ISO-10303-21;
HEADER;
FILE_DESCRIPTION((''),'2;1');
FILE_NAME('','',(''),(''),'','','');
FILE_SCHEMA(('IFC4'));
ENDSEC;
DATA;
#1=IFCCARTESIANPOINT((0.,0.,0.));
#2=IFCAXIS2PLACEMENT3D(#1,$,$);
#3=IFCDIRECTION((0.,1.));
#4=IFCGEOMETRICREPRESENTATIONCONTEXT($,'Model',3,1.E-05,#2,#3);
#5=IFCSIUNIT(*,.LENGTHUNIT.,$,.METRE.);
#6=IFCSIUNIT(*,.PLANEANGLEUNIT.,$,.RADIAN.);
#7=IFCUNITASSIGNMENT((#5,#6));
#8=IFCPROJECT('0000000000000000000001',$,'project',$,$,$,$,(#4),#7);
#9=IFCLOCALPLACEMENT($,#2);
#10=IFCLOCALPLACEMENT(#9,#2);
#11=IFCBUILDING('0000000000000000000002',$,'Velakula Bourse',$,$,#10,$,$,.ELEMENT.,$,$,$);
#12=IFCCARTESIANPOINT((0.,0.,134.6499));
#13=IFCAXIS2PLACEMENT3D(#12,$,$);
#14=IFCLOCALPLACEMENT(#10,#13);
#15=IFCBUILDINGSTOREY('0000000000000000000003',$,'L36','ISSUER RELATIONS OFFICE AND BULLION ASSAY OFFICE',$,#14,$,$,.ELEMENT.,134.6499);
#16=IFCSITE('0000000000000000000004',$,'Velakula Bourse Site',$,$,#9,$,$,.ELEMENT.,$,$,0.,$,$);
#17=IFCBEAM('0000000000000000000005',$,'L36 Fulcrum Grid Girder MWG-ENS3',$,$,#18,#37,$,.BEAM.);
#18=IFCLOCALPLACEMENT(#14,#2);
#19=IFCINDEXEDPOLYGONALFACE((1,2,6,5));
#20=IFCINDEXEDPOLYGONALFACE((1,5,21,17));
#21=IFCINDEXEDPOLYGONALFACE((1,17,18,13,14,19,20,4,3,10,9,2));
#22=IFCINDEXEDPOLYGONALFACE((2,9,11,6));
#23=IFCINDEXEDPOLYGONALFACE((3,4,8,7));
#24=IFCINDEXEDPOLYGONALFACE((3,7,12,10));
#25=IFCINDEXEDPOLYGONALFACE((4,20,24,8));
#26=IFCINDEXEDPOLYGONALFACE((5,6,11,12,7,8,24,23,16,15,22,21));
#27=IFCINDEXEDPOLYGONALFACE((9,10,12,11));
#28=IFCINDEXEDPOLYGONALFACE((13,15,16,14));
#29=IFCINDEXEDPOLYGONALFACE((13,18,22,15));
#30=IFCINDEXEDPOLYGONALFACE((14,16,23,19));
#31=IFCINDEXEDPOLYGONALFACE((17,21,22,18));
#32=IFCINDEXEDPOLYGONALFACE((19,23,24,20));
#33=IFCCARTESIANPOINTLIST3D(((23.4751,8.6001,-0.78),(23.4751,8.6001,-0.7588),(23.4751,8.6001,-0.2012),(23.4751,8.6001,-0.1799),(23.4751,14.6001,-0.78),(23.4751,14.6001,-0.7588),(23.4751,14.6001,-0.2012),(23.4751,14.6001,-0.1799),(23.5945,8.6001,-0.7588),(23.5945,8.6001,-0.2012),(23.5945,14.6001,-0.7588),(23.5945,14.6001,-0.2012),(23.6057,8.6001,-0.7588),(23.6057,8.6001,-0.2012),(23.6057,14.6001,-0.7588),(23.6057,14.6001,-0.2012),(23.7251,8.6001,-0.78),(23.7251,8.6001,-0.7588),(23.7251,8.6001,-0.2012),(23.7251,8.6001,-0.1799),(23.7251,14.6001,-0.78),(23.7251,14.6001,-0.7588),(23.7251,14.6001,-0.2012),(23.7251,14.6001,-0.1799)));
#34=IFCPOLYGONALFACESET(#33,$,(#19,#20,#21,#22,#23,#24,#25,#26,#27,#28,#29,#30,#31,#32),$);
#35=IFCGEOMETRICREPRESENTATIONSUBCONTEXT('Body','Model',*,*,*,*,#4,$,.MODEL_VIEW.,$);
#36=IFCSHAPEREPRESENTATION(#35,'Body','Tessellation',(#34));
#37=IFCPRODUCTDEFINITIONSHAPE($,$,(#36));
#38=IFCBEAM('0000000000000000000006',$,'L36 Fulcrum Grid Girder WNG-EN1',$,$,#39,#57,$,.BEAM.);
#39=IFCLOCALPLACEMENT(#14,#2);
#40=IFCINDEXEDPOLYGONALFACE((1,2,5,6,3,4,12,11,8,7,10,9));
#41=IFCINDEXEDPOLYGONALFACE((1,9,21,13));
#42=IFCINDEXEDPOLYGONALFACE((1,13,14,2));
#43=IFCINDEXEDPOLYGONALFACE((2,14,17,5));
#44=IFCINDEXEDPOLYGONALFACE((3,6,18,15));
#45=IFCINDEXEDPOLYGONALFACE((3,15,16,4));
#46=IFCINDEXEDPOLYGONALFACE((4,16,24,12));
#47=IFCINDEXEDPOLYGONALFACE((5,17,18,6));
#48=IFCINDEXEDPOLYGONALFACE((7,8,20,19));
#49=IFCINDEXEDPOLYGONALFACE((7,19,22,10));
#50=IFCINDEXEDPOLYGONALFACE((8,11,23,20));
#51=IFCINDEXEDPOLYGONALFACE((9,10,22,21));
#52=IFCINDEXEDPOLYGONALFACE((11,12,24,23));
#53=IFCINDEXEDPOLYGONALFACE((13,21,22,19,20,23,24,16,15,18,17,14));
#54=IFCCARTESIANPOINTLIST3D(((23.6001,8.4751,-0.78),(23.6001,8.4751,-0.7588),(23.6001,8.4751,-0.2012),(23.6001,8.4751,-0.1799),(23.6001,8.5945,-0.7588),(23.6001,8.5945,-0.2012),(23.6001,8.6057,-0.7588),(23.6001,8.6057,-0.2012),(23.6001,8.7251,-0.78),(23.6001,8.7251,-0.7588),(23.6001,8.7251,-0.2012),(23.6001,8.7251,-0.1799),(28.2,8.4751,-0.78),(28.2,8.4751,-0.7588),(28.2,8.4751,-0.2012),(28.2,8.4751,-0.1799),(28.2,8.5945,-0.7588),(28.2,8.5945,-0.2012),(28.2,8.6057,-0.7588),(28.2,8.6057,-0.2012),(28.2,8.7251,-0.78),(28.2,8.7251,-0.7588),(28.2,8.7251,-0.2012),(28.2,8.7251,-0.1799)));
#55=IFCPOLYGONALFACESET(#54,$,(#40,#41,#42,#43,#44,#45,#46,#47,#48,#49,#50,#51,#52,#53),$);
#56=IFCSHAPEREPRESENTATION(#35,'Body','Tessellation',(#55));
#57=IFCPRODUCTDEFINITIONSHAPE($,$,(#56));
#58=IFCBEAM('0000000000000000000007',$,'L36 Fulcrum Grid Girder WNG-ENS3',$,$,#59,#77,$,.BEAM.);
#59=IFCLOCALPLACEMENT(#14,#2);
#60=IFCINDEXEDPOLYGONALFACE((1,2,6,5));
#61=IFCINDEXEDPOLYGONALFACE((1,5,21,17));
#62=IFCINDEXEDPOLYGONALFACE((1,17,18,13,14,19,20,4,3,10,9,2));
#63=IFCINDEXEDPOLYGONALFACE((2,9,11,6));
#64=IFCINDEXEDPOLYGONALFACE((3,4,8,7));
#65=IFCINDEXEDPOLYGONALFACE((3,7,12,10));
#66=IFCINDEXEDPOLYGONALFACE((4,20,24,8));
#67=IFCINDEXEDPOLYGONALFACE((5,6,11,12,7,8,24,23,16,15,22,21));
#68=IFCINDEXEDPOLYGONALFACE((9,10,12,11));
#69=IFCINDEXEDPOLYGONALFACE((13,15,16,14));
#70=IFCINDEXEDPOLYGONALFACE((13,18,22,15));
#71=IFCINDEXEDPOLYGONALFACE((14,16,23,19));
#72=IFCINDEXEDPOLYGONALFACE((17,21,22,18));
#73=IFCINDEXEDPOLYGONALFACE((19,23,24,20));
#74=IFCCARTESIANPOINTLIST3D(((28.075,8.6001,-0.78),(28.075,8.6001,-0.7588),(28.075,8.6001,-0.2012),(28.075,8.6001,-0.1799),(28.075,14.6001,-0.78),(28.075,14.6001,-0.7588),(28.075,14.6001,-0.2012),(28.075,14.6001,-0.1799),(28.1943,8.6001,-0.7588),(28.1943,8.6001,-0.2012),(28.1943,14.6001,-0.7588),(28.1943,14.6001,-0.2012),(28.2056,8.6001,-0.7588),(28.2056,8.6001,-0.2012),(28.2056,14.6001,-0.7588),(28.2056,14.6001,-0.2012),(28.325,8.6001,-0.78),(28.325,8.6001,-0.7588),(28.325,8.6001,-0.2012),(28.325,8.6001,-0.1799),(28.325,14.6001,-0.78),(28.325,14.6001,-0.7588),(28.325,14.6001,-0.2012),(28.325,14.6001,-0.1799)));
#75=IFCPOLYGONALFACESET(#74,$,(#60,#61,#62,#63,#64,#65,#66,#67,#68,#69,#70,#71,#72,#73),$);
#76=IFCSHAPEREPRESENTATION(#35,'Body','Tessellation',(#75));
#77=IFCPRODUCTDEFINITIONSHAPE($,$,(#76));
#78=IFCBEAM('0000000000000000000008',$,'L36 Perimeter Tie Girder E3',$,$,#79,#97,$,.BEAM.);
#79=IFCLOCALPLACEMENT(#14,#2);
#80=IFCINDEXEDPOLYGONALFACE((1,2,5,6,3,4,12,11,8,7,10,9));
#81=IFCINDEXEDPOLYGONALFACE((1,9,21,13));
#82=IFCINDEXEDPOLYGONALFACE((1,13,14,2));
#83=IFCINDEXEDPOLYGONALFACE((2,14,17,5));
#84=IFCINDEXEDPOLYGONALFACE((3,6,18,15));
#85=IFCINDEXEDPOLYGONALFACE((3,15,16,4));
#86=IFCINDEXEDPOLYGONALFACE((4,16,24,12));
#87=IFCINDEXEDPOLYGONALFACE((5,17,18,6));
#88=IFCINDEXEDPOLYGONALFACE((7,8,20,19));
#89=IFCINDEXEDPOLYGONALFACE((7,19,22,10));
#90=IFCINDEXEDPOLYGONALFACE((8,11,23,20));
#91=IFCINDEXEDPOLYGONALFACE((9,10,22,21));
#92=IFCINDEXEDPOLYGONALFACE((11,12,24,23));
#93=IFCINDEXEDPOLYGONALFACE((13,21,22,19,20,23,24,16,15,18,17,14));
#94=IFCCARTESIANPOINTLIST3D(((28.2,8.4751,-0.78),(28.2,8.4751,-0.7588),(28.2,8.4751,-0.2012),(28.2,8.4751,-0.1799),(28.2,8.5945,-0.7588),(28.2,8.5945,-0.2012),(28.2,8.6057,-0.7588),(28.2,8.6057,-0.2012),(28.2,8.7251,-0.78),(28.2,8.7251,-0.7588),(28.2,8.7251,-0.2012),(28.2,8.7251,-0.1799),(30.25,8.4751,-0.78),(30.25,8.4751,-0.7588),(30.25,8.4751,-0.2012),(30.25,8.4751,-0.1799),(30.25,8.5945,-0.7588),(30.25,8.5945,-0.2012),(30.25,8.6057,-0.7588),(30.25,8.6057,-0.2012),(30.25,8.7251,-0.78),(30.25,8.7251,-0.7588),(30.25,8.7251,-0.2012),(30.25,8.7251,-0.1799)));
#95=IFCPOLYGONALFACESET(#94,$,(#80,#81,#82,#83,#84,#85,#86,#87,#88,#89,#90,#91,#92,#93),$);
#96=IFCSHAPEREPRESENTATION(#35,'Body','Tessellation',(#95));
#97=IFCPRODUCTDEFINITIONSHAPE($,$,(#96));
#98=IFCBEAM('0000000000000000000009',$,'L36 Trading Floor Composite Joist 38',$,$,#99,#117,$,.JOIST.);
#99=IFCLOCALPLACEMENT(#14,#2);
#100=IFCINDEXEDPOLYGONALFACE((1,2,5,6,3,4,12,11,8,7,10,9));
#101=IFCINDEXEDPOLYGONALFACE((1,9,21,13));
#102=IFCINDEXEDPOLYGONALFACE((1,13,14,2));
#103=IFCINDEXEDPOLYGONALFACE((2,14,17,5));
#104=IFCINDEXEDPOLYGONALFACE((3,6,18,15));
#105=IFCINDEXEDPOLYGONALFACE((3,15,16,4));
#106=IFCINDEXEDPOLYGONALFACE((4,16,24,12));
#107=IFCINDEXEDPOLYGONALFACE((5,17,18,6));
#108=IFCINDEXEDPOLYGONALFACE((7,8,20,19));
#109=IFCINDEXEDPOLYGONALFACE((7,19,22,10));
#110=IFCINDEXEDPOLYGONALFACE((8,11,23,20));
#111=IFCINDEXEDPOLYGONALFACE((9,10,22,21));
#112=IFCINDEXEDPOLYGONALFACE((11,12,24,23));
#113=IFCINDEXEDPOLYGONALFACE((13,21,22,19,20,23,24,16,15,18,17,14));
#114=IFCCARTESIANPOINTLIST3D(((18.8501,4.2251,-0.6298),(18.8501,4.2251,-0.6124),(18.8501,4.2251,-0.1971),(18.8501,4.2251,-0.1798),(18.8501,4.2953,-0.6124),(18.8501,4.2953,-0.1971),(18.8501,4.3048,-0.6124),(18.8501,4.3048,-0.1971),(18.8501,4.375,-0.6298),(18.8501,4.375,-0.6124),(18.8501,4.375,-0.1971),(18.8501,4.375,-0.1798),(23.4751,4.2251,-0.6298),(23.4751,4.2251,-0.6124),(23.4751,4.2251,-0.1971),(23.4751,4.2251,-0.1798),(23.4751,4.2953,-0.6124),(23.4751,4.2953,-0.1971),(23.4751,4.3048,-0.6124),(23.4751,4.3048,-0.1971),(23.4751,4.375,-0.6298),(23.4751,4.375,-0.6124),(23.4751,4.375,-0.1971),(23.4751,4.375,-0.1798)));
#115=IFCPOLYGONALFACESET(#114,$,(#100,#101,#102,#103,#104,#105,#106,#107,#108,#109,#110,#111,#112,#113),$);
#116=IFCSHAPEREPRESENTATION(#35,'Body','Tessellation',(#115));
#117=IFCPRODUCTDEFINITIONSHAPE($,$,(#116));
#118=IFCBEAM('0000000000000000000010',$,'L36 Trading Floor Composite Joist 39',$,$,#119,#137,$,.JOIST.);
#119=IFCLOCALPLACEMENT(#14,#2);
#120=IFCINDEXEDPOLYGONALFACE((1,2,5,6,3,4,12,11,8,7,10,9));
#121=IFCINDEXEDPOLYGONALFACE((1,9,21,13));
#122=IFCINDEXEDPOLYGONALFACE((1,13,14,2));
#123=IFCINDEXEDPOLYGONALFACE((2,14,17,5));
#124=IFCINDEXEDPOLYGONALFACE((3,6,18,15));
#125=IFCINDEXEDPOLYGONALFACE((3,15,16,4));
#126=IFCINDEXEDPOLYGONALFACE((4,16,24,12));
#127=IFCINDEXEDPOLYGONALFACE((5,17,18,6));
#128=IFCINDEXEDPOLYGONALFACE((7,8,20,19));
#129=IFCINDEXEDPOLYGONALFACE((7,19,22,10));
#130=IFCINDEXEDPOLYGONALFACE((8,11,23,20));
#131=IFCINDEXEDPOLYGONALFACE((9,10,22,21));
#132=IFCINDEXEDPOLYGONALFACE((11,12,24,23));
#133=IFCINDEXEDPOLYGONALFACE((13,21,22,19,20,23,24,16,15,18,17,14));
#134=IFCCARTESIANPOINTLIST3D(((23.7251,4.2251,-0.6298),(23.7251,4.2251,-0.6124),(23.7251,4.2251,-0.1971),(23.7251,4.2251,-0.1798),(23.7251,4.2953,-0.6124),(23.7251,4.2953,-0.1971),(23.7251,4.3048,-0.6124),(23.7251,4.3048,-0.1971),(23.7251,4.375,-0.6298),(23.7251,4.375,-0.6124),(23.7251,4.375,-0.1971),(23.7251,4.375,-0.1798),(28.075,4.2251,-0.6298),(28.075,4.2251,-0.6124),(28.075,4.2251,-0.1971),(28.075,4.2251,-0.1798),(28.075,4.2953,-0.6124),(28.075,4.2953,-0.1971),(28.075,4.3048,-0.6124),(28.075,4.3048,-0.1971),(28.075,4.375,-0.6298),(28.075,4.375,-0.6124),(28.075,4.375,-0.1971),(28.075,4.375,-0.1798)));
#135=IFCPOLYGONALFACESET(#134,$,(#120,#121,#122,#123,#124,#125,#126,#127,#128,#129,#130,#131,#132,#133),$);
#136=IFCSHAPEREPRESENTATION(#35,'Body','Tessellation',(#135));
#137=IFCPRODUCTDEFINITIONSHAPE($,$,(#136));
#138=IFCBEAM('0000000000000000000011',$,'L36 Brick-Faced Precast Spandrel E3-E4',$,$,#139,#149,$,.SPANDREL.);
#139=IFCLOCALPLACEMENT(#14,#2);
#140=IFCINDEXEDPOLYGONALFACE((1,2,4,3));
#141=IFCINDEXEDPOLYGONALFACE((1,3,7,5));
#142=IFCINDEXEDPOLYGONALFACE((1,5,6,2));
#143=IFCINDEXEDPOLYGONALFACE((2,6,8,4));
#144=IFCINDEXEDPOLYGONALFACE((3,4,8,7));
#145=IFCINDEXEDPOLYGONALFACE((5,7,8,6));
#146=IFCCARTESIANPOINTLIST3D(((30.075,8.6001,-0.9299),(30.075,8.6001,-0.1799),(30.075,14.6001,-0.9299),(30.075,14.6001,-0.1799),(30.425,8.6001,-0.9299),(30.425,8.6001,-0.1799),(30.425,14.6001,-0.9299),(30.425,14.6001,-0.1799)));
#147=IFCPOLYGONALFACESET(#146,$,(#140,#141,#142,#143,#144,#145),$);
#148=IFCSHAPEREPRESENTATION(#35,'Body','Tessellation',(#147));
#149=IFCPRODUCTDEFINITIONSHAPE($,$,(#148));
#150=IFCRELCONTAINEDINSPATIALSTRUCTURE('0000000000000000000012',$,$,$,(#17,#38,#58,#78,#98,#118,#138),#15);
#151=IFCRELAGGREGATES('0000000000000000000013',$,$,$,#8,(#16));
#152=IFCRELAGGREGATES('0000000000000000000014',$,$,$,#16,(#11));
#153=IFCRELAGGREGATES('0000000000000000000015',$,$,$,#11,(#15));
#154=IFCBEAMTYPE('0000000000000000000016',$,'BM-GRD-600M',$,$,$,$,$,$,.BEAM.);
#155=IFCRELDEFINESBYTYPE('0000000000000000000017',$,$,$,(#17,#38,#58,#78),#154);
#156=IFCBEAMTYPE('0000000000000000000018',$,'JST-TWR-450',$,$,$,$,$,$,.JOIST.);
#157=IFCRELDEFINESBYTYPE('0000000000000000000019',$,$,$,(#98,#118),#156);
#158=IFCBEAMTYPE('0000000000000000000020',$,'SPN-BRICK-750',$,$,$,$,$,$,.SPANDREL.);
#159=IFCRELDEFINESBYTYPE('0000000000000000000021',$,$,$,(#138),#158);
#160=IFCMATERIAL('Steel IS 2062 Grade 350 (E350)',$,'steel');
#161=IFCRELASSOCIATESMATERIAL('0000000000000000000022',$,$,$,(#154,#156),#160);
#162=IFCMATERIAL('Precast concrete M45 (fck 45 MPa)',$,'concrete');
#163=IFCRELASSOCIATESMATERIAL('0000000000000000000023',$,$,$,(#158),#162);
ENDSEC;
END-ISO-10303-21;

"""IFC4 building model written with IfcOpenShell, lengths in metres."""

from ifc_helpers import new_model, si_unit, direction, frame, origin, origin_2d, place, context, subcontext, project, spatial, rectangle, i_section, extrude, material, material_profile, profile_set, type_object, element, save


model = new_model("IFC4")

# Units and contexts
model_context = context("Model", 3, precision=1e-05, world=origin(), true_north=direction((0.0, 1.0)))
body_context = subcontext(model_context, "Body", "Model", "MODEL_VIEW")
ifc_project = project(units=[si_unit("LENGTHUNIT", "METRE"), si_unit("PLANEANGLEUNIT", "RADIAN")], contexts=[model_context])

# Site, building, storey
site_placement = place(None, origin())
site = spatial("IfcSite", under=ifc_project, at=site_placement, Name="Velakula Bourse Site", CompositionType="ELEMENT", RefElevation=0.0)
building_placement = place(site_placement, origin())
building = spatial("IfcBuilding", under=site, at=building_placement, Name="Velakula Bourse", CompositionType="ELEMENT")
storey_placement = place(building_placement, frame((0.0, 0.0, 134.6499)))
storey = spatial("IfcBuildingStorey", under=building, at=storey_placement, Name="L36", Description="ISSUER RELATIONS OFFICE AND BULLION ASSAY OFFICE", CompositionType="ELEMENT", Elevation=134.6499)

# Shared definitions
ifc_material_1 = material(Name="Steel IS 2062 Grade 350 (E350)", Category="steel")

# Beams
ifc_material_profile_1 = material_profile(ifc_material_1, i_section(OverallWidth=0.25, OverallDepth=0.6001, WebThickness=0.0112, FlangeThickness=0.0212, at=origin_2d()), Name="Steel IS 2062 Grade 350 (E350)")
ifc_profile_set_1 = profile_set([ifc_material_profile_1], Name="Steel IS 2062 Grade 350 (E350)")
beam_type_1 = type_object("IfcBeamType", Name="BM-GRD-600M", PredefinedType="BEAM", material=ifc_profile_set_1)
beam_1_placement = place(storey_placement, frame((23.6001, 8.6001, -0.48), z_axis=(0.0, 1.0, 0.0), x_axis=(-1.0, 0.0, 0.0)))
element("IfcBeam", 1, at=beam_1_placement, inside=storey, type_object=beam_type_1, Name="L36 Fulcrum Grid Girder MWG-ENS3", PredefinedType="BEAM", context=body_context, shape_type="SweptSolid", body=[
    extrude(i_section(OverallWidth=0.25, OverallDepth=0.6001, WebThickness=0.0112, FlangeThickness=0.0212, at=origin_2d()), origin(), (0.0, 0.0, 1.0), 6.0),
])
beam_2_placement = place(storey_placement, frame((23.6001, 8.6001, -0.48), z_axis=(1.0, 0.0, 0.0), x_axis=(0.0, 1.0, 0.0)))
element("IfcBeam", 2, at=beam_2_placement, inside=storey, type_object=beam_type_1, Name="L36 Fulcrum Grid Girder WNG-EN1", PredefinedType="BEAM", context=body_context, shape_type="SweptSolid", body=[
    extrude(i_section(OverallWidth=0.25, OverallDepth=0.6001, WebThickness=0.0112, FlangeThickness=0.0212, at=origin_2d()), origin(), (0.0, 0.0, 1.0), 4.5999),
])
beam_3_placement = place(storey_placement, frame((28.2, 8.6001, -0.48), z_axis=(0.0, 1.0, 0.0), x_axis=(-1.0, 0.0, 0.0)))
element("IfcBeam", 3, at=beam_3_placement, inside=storey, type_object=beam_type_1, Name="L36 Fulcrum Grid Girder WNG-ENS3", PredefinedType="BEAM", context=body_context, shape_type="SweptSolid", body=[
    extrude(i_section(OverallWidth=0.25, OverallDepth=0.6001, WebThickness=0.0112, FlangeThickness=0.0212, at=origin_2d()), origin(), (0.0, 0.0, 1.0), 6.0),
])
beam_4_placement = place(storey_placement, frame((28.2, 8.6001, -0.48), z_axis=(1.0, 0.0, 0.0), x_axis=(0.0, 1.0, 0.0)))
element("IfcBeam", 4, at=beam_4_placement, inside=storey, type_object=beam_type_1, Name="L36 Perimeter Tie Girder E3", PredefinedType="BEAM", context=body_context, shape_type="SweptSolid", body=[
    extrude(i_section(OverallWidth=0.25, OverallDepth=0.6001, WebThickness=0.0112, FlangeThickness=0.0212, at=origin_2d()), origin(), (0.0, 0.0, 1.0), 2.05),
])
ifc_material_profile_2 = material_profile(ifc_material_1, i_section(OverallWidth=0.1499, OverallDepth=0.45, WebThickness=0.0095, FlangeThickness=0.0173, at=origin_2d()), Name="Steel IS 2062 Grade 350 (E350)")
ifc_profile_set_2 = profile_set([ifc_material_profile_2], Name="Steel IS 2062 Grade 350 (E350)")
beam_type_2 = type_object("IfcBeamType", Name="JST-TWR-450", PredefinedType="JOIST", material=ifc_profile_set_2)
beam_5_placement = place(storey_placement, frame((18.8501, 4.3, -0.4048), z_axis=(1.0, 0.0, 0.0), x_axis=(0.0, 1.0, 0.0)))
element("IfcBeam", 5, at=beam_5_placement, inside=storey, type_object=beam_type_2, Name="L36 Trading Floor Composite Joist 38", PredefinedType="JOIST", context=body_context, shape_type="SweptSolid", body=[
    extrude(i_section(OverallWidth=0.1499, OverallDepth=0.45, WebThickness=0.0095, FlangeThickness=0.0173, at=origin_2d()), origin(), (0.0, 0.0, 1.0), 4.625),
])
beam_6_placement = place(storey_placement, frame((23.7251, 4.3, -0.4048), z_axis=(1.0, 0.0, 0.0), x_axis=(0.0, 1.0, 0.0)))
element("IfcBeam", 6, at=beam_6_placement, inside=storey, type_object=beam_type_2, Name="L36 Trading Floor Composite Joist 39", PredefinedType="JOIST", context=body_context, shape_type="SweptSolid", body=[
    extrude(i_section(OverallWidth=0.1499, OverallDepth=0.45, WebThickness=0.0095, FlangeThickness=0.0173, at=origin_2d()), origin(), (0.0, 0.0, 1.0), 4.3499),
])
ifc_material_2 = material(Name="Precast concrete M45 (fck 45 MPa)", Category="concrete")
ifc_material_profile_3 = material_profile(ifc_material_2, rectangle(XDim=0.3501, YDim=0.75, at=origin_2d()), Name="Precast concrete M45 (fck 45 MPa)")
ifc_profile_set_3 = profile_set([ifc_material_profile_3], Name="Precast concrete M45 (fck 45 MPa)")
beam_type_3 = type_object("IfcBeamType", Name="SPN-BRICK-750", PredefinedType="SPANDREL", material=ifc_profile_set_3)
beam_7_placement = place(storey_placement, frame((30.25, 8.6001, -0.5549), z_axis=(0.0, 1.0, 0.0), x_axis=(-1.0, 0.0, 0.0)))
element("IfcBeam", 7, at=beam_7_placement, inside=storey, type_object=beam_type_3, Name="L36 Brick-Faced Precast Spandrel E3-E4", PredefinedType="SPANDREL", context=body_context, shape_type="SweptSolid", body=[
    extrude(rectangle(XDim=0.3501, YDim=0.75, at=origin_2d()), origin(), (0.0, 0.0, 1.0), 6.0),
])

save(model, "model.ifc")
